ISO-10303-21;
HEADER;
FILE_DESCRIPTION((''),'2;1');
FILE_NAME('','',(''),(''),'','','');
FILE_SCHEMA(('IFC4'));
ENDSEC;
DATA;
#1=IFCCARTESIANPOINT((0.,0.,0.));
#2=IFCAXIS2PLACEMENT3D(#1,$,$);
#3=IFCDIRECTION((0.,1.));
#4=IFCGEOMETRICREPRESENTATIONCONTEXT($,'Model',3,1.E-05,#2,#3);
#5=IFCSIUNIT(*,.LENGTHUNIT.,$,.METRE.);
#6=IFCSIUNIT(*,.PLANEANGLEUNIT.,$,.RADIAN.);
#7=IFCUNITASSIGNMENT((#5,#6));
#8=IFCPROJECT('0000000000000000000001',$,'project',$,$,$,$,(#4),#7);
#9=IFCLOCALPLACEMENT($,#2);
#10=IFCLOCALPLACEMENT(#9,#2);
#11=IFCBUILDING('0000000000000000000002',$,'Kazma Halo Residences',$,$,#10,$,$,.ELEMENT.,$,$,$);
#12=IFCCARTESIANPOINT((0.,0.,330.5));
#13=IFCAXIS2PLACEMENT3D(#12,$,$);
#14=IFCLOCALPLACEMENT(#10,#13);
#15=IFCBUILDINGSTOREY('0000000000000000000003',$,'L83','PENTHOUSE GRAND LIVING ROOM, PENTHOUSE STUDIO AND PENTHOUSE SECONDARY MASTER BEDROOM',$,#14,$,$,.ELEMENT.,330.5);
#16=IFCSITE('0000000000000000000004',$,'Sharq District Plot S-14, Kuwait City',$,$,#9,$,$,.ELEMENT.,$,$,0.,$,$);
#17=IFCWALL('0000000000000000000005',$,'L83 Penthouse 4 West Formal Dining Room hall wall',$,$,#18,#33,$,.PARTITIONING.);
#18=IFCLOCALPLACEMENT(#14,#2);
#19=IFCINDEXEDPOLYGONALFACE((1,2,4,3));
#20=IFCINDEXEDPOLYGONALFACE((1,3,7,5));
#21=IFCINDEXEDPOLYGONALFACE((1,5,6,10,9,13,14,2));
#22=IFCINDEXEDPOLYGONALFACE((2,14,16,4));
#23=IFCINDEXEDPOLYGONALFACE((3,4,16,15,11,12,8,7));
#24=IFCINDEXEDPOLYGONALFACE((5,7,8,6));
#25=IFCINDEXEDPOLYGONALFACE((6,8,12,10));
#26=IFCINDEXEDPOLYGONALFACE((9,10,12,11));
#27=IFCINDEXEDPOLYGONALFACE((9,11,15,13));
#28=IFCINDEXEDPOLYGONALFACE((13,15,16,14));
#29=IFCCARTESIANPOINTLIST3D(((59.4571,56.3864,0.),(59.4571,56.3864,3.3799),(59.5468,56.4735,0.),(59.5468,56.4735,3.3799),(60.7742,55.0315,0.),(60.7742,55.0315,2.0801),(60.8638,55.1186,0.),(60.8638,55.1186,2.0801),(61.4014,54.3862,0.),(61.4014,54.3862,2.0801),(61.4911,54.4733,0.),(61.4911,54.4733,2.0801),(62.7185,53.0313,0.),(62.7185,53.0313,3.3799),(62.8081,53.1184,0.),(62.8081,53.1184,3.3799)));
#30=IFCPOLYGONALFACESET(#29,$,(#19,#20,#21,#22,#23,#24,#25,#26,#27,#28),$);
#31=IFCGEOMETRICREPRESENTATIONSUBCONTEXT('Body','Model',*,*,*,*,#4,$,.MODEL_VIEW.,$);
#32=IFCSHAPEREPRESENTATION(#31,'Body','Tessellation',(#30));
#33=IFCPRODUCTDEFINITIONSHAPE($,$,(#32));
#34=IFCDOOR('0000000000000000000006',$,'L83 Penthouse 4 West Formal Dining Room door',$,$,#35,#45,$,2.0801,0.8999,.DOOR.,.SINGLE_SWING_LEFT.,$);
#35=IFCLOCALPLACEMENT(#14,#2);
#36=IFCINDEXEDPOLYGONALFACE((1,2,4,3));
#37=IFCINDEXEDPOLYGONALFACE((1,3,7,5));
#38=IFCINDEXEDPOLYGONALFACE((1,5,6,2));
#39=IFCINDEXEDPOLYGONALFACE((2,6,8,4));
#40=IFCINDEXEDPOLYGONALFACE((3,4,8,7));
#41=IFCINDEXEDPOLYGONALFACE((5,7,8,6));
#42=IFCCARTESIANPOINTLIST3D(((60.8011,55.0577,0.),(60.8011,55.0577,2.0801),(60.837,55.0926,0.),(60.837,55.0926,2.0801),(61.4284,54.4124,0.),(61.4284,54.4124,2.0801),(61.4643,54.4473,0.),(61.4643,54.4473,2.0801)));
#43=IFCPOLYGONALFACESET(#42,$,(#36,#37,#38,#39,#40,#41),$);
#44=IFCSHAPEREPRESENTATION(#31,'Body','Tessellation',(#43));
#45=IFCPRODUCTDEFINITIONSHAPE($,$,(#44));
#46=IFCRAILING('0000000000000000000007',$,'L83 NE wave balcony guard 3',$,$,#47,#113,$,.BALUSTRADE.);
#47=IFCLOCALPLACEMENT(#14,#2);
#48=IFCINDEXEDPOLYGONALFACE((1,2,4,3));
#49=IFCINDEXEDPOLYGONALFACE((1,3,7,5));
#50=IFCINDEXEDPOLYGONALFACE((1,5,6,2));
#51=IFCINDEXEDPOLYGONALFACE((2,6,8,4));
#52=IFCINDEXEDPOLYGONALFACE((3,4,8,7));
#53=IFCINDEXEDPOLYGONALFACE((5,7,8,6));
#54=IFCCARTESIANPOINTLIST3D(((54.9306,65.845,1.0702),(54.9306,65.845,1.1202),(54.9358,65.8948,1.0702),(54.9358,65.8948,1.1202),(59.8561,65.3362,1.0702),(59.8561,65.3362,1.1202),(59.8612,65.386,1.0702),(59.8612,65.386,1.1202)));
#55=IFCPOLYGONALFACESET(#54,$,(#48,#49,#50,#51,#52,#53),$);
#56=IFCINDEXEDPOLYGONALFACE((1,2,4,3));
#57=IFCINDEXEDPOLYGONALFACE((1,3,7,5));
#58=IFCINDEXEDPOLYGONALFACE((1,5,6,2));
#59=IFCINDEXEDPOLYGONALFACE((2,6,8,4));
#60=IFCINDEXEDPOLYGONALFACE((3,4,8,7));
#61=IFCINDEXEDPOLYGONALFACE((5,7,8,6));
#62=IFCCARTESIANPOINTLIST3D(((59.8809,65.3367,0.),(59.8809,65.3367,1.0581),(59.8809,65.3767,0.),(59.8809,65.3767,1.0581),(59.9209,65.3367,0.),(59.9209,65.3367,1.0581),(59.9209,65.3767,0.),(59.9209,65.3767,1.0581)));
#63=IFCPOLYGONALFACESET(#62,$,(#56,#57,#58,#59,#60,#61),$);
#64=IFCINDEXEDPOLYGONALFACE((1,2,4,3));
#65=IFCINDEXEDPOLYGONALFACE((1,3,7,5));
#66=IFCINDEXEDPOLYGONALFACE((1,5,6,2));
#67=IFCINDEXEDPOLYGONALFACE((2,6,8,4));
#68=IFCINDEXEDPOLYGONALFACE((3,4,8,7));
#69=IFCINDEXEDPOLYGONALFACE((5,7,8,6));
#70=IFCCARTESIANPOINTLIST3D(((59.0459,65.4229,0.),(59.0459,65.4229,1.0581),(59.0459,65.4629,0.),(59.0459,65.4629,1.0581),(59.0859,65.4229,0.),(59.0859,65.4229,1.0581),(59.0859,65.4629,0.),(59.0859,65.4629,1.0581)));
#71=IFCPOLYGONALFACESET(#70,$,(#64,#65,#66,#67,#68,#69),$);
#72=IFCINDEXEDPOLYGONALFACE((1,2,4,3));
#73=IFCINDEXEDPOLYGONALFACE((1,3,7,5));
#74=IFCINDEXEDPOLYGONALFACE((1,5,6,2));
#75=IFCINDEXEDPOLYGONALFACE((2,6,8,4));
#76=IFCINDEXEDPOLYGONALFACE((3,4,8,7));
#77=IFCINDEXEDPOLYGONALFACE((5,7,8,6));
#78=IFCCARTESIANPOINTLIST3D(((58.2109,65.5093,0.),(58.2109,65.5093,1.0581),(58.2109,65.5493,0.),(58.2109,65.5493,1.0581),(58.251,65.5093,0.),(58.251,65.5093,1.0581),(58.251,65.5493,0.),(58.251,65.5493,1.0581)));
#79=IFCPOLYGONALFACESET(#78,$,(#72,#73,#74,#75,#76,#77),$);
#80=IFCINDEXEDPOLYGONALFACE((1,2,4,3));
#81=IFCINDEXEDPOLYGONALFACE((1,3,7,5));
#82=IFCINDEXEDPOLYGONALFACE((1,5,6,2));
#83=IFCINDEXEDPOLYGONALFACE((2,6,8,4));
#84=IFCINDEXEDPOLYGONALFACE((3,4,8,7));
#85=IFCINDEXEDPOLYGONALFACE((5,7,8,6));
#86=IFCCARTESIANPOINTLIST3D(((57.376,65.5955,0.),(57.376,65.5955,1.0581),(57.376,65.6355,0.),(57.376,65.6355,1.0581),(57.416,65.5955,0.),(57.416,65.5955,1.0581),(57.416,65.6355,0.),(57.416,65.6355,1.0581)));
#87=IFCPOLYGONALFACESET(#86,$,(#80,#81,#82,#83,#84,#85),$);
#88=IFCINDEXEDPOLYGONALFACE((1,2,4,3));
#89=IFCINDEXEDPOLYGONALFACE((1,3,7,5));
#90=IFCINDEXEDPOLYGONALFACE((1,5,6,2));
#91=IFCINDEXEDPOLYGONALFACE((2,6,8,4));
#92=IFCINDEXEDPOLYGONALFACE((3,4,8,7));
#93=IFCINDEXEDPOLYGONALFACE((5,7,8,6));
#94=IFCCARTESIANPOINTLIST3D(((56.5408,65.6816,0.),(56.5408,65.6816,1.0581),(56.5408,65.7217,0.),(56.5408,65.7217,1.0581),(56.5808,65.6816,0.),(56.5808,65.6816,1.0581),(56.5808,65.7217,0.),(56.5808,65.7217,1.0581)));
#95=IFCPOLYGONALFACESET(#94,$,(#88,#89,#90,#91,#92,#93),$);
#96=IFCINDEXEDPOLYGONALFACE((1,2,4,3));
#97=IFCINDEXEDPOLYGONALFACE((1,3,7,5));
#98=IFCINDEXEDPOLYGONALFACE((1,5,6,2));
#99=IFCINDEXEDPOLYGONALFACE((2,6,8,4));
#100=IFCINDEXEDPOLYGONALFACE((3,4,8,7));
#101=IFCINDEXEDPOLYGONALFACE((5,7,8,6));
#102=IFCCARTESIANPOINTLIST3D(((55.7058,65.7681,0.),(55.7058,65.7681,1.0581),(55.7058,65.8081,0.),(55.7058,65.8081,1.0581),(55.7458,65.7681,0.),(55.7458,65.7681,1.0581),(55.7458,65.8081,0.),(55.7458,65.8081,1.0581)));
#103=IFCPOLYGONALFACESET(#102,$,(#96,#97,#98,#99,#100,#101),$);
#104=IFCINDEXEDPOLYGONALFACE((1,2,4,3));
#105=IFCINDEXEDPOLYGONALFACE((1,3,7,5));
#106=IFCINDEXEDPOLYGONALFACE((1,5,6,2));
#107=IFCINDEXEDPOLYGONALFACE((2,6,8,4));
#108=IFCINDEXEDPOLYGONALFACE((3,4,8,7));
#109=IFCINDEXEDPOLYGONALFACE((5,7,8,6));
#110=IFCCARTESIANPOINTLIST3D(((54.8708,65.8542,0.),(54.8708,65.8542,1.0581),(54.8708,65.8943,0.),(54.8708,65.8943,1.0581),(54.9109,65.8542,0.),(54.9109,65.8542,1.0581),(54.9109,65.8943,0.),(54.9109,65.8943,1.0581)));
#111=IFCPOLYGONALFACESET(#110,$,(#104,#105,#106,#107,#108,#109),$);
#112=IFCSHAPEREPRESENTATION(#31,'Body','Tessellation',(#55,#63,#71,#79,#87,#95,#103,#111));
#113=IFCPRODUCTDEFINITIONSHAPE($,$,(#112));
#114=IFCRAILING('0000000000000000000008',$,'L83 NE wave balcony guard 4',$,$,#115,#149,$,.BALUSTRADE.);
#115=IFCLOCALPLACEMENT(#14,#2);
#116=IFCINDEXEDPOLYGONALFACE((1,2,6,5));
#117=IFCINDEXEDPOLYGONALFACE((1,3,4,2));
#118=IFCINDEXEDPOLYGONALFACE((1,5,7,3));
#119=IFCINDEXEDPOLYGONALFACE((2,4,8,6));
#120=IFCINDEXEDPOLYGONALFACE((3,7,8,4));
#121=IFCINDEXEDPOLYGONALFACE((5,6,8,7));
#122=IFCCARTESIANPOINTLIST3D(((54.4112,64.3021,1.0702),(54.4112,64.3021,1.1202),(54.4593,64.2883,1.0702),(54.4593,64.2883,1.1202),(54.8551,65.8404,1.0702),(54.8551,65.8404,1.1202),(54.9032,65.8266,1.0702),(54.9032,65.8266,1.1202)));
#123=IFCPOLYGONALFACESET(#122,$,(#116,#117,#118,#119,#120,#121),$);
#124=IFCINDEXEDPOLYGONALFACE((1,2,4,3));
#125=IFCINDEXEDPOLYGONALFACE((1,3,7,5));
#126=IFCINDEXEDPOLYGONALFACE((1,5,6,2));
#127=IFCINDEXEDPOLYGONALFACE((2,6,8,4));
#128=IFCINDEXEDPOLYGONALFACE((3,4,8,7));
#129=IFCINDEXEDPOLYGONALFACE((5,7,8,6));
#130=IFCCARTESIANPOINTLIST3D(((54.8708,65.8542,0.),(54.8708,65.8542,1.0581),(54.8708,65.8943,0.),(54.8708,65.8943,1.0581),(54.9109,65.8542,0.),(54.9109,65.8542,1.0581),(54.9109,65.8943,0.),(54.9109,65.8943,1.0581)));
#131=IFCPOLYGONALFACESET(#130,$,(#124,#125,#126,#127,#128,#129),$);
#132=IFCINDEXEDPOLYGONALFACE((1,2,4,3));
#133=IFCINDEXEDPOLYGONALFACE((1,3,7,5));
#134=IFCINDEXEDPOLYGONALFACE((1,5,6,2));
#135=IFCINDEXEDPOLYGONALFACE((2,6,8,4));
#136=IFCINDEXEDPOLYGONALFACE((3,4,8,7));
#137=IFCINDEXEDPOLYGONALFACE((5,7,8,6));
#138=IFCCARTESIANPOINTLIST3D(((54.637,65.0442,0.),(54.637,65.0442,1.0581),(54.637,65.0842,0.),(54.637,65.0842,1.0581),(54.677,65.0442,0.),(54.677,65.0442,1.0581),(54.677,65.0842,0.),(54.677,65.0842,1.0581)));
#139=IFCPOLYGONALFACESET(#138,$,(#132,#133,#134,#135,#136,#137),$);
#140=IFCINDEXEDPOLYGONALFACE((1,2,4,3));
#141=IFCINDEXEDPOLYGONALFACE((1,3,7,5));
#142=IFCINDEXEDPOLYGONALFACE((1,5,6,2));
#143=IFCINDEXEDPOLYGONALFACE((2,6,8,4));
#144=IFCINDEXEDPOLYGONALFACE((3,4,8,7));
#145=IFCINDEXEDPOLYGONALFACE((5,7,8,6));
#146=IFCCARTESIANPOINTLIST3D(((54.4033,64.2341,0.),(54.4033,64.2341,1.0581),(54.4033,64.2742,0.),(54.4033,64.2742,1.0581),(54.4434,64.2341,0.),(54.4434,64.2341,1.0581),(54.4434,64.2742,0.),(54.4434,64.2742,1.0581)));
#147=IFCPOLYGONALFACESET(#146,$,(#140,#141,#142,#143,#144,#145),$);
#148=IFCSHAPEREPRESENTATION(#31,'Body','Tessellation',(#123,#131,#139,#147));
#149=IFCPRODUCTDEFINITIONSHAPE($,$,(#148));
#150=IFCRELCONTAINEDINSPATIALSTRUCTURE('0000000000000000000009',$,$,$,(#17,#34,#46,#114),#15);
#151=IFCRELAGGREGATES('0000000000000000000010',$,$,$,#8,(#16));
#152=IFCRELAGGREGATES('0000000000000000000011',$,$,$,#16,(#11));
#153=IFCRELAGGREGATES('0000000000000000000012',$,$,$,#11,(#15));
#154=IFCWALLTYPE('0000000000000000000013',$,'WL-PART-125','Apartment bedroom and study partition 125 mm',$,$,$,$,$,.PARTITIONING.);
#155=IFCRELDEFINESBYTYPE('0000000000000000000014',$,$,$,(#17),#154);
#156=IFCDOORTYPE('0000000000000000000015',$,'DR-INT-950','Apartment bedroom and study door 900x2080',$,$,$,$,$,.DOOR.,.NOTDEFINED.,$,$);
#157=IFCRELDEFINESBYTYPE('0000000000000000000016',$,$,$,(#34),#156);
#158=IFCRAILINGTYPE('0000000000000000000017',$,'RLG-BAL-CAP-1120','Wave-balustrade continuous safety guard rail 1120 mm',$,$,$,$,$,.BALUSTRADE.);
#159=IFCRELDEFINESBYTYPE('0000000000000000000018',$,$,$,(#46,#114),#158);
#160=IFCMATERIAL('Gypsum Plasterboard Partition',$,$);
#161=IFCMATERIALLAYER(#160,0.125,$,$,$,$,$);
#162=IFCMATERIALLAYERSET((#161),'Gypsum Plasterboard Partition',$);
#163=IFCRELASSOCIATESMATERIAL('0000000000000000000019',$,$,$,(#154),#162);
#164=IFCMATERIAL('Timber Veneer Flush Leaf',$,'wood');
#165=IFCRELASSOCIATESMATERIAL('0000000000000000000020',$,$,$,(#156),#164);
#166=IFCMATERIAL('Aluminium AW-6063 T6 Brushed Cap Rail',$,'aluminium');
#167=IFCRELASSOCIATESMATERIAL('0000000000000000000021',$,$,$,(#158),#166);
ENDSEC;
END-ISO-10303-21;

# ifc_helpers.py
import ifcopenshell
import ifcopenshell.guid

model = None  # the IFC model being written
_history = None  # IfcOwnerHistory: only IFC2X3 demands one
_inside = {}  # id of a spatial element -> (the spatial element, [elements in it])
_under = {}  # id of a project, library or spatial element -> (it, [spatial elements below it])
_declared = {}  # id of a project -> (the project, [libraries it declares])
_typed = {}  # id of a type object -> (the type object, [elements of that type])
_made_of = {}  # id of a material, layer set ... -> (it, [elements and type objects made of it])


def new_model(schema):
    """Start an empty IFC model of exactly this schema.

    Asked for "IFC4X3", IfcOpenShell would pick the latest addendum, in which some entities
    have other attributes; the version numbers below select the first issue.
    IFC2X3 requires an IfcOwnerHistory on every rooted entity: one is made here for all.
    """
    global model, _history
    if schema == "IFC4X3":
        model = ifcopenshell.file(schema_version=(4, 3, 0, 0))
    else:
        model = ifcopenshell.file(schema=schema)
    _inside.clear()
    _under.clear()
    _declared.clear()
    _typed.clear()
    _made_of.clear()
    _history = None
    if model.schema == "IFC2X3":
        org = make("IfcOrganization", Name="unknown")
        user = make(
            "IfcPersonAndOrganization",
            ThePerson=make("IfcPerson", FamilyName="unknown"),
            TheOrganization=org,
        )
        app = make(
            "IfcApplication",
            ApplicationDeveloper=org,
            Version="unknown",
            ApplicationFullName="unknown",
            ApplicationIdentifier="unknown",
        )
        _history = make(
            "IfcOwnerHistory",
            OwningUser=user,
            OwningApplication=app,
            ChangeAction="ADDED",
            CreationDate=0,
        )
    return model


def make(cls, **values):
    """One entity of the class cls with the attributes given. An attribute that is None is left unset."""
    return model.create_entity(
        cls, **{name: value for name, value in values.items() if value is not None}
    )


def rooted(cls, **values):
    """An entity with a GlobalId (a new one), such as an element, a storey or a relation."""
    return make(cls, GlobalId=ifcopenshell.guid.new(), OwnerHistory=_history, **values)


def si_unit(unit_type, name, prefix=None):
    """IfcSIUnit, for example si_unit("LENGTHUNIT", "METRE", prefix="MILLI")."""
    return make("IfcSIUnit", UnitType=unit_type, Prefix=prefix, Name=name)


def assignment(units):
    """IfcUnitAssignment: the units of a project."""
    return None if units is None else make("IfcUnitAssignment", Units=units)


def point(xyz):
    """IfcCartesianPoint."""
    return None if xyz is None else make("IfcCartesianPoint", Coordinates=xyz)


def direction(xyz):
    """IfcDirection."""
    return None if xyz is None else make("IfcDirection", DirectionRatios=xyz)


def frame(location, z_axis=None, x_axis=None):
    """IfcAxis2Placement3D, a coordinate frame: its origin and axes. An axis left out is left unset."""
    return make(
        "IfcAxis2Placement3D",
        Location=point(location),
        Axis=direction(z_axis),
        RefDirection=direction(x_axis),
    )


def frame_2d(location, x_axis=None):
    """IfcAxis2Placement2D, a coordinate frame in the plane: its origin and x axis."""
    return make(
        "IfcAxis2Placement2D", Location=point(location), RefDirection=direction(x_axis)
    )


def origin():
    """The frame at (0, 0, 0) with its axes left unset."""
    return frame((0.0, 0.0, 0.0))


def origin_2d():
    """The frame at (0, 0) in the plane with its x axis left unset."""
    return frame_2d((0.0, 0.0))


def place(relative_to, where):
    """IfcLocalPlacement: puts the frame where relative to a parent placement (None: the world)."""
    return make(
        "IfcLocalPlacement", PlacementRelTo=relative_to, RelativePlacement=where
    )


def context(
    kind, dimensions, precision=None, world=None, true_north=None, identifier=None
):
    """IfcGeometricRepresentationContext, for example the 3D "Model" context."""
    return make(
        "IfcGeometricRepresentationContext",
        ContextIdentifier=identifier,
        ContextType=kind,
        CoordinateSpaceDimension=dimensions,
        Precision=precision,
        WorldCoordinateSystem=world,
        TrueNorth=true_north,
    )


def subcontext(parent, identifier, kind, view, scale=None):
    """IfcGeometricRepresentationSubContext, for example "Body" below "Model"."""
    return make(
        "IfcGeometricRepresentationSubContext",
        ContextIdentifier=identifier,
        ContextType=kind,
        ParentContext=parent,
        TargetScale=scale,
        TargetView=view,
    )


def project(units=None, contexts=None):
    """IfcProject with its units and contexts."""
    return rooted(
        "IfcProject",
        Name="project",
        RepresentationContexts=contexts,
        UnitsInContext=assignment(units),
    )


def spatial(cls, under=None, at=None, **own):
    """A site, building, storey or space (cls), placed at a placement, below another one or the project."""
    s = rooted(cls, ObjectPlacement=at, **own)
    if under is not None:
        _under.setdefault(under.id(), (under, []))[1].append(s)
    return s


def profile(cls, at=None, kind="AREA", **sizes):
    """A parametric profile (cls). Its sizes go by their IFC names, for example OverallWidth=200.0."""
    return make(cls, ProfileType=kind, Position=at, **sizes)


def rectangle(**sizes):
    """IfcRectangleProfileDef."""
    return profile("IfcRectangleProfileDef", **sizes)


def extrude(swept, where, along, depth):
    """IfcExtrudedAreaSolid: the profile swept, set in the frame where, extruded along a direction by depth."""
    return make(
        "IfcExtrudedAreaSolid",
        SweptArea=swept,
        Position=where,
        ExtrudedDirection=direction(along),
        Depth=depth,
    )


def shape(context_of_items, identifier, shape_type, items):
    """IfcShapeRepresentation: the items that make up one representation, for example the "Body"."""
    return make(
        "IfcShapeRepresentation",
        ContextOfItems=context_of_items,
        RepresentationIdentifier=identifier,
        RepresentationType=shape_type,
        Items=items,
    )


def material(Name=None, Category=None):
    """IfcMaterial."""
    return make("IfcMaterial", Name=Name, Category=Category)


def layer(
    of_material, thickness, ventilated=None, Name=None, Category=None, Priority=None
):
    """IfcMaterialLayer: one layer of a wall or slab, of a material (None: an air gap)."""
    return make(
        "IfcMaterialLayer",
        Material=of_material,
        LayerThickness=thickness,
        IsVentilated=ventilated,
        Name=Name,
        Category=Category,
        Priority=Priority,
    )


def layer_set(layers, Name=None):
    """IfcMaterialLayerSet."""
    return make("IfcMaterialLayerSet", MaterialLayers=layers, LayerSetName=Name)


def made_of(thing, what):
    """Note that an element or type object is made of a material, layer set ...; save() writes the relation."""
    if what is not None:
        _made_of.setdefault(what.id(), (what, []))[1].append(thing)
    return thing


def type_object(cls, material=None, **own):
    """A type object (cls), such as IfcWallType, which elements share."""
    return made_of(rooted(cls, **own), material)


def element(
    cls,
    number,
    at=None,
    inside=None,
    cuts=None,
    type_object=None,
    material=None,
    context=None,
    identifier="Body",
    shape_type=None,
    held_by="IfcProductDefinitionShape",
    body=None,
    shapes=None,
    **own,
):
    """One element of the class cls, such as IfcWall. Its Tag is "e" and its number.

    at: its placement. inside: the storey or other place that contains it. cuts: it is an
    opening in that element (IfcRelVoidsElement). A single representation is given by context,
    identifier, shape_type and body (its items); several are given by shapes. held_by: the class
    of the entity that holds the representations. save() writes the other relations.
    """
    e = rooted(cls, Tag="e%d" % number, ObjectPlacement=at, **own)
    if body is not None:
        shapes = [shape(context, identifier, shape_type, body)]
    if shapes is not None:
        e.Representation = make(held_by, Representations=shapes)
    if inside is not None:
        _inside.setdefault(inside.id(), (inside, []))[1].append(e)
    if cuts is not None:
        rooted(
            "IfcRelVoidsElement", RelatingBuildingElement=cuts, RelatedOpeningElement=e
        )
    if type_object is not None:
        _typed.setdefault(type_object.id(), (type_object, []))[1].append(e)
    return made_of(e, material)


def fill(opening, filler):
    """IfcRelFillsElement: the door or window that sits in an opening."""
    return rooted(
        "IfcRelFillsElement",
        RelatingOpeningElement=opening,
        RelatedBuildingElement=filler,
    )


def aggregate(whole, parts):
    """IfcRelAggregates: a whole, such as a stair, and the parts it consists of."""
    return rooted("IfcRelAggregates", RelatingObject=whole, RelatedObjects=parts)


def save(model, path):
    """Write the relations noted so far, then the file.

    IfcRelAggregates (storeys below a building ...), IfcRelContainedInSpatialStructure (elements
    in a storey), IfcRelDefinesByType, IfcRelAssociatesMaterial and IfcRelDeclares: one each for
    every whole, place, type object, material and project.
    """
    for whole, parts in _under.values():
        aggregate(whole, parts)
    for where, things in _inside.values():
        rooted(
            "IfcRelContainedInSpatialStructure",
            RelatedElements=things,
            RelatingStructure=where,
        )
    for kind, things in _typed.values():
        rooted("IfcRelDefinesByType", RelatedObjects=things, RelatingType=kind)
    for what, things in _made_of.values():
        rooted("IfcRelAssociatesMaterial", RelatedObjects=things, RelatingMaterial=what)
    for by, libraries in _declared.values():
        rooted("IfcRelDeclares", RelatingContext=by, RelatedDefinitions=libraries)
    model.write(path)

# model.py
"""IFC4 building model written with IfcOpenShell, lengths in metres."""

from ifc_helpers import new_model, si_unit, direction, frame, frame_2d, origin, origin_2d, place, context, subcontext, project, spatial, rectangle, extrude, material, layer, layer_set, type_object, element, fill, save


model = new_model("IFC4")

# Units and contexts
model_context = context("Model", 3, precision=1e-05, world=origin(), true_north=direction((0.0, 1.0)))
body_context = subcontext(model_context, "Body", "Model", "MODEL_VIEW")
ifc_project = project(units=[si_unit("LENGTHUNIT", "METRE"), si_unit("PLANEANGLEUNIT", "RADIAN")], contexts=[model_context])

# Site, building, storey
site_placement = place(None, origin())
site = spatial("IfcSite", under=ifc_project, at=site_placement, Name="Sharq District Plot S-14, Kuwait City", CompositionType="ELEMENT", RefElevation=0.0)
building_placement = place(site_placement, origin())
building = spatial("IfcBuilding", under=site, at=building_placement, Name="Kazma Halo Residences", CompositionType="ELEMENT")
storey_placement = place(building_placement, frame((0.0, 0.0, 330.5)))
storey = spatial("IfcBuildingStorey", under=building, at=storey_placement, Name="L83", Description="PENTHOUSE GRAND LIVING ROOM, PENTHOUSE STUDIO AND PENTHOUSE SECONDARY MASTER BEDROOM", CompositionType="ELEMENT", Elevation=330.5)

# Shared definitions
ifc_material_1 = material(Name="Gypsum Plasterboard Partition")
ifc_layer_1 = layer(ifc_material_1, 0.125)
ifc_layer_set_1 = layer_set([ifc_layer_1], Name="Gypsum Plasterboard Partition")
wall_type_1 = type_object("IfcWallType", Name="WL-PART-125", Description="Apartment bedroom and study partition 125 mm", PredefinedType="PARTITIONING", material=ifc_layer_set_1)

# Wall, opening, door
wall_1_placement = place(storey_placement, frame((62.7632, 53.075, 0.0), z_axis=(0.0, 0.0, 1.0), x_axis=(-0.697017, 0.717054, 0.0)))
wall_1 = element("IfcWall", 1, at=wall_1_placement, inside=storey, type_object=wall_type_1, Name="L83 Penthouse 4 West Formal Dining Room hall wall", PredefinedType="PARTITIONING", context=body_context, shape_type="SweptSolid", body=[
    extrude(rectangle(XDim=4.679, YDim=0.125, at=frame_2d((2.3394, 0.0))), origin(), (0.0, 0.0, 1.0), 3.3799),
])
opening_1_placement = place(wall_1_placement, frame((1.8894, 0.0, 0.0)))
opening_1 = element("IfcOpeningElement", 2, at=opening_1_placement, cuts=wall_1, PredefinedType="OPENING", context=body_context, shape_type="SweptSolid", body=[
    extrude(rectangle(XDim=0.8999, YDim=2.0801, at=frame_2d((0.45, 1.04))), frame((0.0, 0.0725, 0.0), z_axis=(0.0, -1.0, 0.0), x_axis=(1.0, 0.0, 0.0)), (0.0, 0.0, 1.0), 0.145),
])
ifc_material_2 = material(Name="Timber Veneer Flush Leaf", Category="wood")
door_type_1 = type_object("IfcDoorType", Name="DR-INT-950", Description="Apartment bedroom and study door 900x2080", OperationType="NOTDEFINED", PredefinedType="DOOR", material=ifc_material_2)
door_1_placement = place(opening_1_placement, origin())
door_1 = element("IfcDoor", 3, at=door_1_placement, inside=storey, type_object=door_type_1, Name="L83 Penthouse 4 West Formal Dining Room door", OperationType="SINGLE_SWING_LEFT", OverallHeight=2.0801, OverallWidth=0.8999, PredefinedType="DOOR", context=body_context, shape_type="SweptSolid", body=[
    extrude(rectangle(XDim=0.8999, YDim=2.0801, at=frame_2d((0.45, 1.04))), frame((0.0, 0.0249, 0.0), z_axis=(0.0, -1.0, 0.0), x_axis=(1.0, 0.0, 0.0)), (0.0, 0.0, 1.0), 0.05),
])
fill(opening_1, door_1)

# Railings
ifc_material_3 = material(Name="Aluminium AW-6063 T6 Brushed Cap Rail", Category="aluminium")
railing_type_1 = type_object("IfcRailingType", Name="RLG-BAL-CAP-1120", Description="Wave-balustrade continuous safety guard rail 1120 mm", PredefinedType="BALUSTRADE", material=ifc_material_3)
railing_1_placement = place(storey_placement, frame((59.9009, 65.3567, 0.0)))
element("IfcRailing", 4, at=railing_1_placement, inside=storey, type_object=railing_type_1, Name="L83 NE wave balcony guard 3", PredefinedType="BALUSTRADE", context=body_context, shape_type="SweptSolid", body=[
    extrude(rectangle(XDim=0.05, YDim=0.05, at=origin_2d()), frame((-0.0422, 0.0044, 1.0952), z_axis=(-0.994706, 0.102762, 0.0), x_axis=(-0.102762, -0.994706, 0.0)), (0.0, 0.0, 1.0), 4.9517),
    extrude(rectangle(XDim=0.04, YDim=0.04, at=origin_2d()), origin(), (0.0, 0.0, 1.0), 1.0581),
    extrude(rectangle(XDim=0.04, YDim=0.04, at=origin_2d()), frame((-0.835, 0.0862, 0.0)), (0.0, 0.0, 1.0), 1.0581),
    extrude(rectangle(XDim=0.04, YDim=0.04, at=origin_2d()), frame((-1.6699, 0.1726, 0.0)), (0.0, 0.0, 1.0), 1.0581),
    extrude(rectangle(XDim=0.04, YDim=0.04, at=origin_2d()), frame((-2.5049, 0.2588, 0.0)), (0.0, 0.0, 1.0), 1.0581),
    extrude(rectangle(XDim=0.04, YDim=0.04, at=origin_2d()), frame((-3.3401, 0.345, 0.0)), (0.0, 0.0, 1.0), 1.0581),
    extrude(rectangle(XDim=0.04, YDim=0.04, at=origin_2d()), frame((-4.175, 0.4314, 0.0)), (0.0, 0.0, 1.0), 1.0581),
    extrude(rectangle(XDim=0.04, YDim=0.04, at=origin_2d()), frame((-5.01, 0.5176, 0.0)), (0.0, 0.0, 1.0), 1.0581),
])
railing_2_placement = place(storey_placement, frame((54.8909, 65.8743, 0.0)))
element("IfcRailing", 5, at=railing_2_placement, inside=storey, type_object=railing_type_1, Name="L83 NE wave balcony guard 4", PredefinedType="BALUSTRADE", context=body_context, shape_type="SweptSolid", body=[
    extrude(rectangle(XDim=0.05, YDim=0.05, at=origin_2d()), frame((-0.0117, -0.0408, 1.0952), z_axis=(-0.277263, -0.960794, 0.0), x_axis=(0.960794, -0.277263, 0.0)), (0.0, 0.0, 1.0), 1.6011),
    extrude(rectangle(XDim=0.04, YDim=0.04, at=origin_2d()), origin(), (0.0, 0.0, 1.0), 1.0581),
    extrude(rectangle(XDim=0.04, YDim=0.04, at=origin_2d()), frame((-0.2339, -0.8101, 0.0)), (0.0, 0.0, 1.0), 1.0581),
    extrude(rectangle(XDim=0.04, YDim=0.04, at=origin_2d()), frame((-0.4675, -1.6201, 0.0)), (0.0, 0.0, 1.0), 1.0581),
])

save(model, "model.ifc")
